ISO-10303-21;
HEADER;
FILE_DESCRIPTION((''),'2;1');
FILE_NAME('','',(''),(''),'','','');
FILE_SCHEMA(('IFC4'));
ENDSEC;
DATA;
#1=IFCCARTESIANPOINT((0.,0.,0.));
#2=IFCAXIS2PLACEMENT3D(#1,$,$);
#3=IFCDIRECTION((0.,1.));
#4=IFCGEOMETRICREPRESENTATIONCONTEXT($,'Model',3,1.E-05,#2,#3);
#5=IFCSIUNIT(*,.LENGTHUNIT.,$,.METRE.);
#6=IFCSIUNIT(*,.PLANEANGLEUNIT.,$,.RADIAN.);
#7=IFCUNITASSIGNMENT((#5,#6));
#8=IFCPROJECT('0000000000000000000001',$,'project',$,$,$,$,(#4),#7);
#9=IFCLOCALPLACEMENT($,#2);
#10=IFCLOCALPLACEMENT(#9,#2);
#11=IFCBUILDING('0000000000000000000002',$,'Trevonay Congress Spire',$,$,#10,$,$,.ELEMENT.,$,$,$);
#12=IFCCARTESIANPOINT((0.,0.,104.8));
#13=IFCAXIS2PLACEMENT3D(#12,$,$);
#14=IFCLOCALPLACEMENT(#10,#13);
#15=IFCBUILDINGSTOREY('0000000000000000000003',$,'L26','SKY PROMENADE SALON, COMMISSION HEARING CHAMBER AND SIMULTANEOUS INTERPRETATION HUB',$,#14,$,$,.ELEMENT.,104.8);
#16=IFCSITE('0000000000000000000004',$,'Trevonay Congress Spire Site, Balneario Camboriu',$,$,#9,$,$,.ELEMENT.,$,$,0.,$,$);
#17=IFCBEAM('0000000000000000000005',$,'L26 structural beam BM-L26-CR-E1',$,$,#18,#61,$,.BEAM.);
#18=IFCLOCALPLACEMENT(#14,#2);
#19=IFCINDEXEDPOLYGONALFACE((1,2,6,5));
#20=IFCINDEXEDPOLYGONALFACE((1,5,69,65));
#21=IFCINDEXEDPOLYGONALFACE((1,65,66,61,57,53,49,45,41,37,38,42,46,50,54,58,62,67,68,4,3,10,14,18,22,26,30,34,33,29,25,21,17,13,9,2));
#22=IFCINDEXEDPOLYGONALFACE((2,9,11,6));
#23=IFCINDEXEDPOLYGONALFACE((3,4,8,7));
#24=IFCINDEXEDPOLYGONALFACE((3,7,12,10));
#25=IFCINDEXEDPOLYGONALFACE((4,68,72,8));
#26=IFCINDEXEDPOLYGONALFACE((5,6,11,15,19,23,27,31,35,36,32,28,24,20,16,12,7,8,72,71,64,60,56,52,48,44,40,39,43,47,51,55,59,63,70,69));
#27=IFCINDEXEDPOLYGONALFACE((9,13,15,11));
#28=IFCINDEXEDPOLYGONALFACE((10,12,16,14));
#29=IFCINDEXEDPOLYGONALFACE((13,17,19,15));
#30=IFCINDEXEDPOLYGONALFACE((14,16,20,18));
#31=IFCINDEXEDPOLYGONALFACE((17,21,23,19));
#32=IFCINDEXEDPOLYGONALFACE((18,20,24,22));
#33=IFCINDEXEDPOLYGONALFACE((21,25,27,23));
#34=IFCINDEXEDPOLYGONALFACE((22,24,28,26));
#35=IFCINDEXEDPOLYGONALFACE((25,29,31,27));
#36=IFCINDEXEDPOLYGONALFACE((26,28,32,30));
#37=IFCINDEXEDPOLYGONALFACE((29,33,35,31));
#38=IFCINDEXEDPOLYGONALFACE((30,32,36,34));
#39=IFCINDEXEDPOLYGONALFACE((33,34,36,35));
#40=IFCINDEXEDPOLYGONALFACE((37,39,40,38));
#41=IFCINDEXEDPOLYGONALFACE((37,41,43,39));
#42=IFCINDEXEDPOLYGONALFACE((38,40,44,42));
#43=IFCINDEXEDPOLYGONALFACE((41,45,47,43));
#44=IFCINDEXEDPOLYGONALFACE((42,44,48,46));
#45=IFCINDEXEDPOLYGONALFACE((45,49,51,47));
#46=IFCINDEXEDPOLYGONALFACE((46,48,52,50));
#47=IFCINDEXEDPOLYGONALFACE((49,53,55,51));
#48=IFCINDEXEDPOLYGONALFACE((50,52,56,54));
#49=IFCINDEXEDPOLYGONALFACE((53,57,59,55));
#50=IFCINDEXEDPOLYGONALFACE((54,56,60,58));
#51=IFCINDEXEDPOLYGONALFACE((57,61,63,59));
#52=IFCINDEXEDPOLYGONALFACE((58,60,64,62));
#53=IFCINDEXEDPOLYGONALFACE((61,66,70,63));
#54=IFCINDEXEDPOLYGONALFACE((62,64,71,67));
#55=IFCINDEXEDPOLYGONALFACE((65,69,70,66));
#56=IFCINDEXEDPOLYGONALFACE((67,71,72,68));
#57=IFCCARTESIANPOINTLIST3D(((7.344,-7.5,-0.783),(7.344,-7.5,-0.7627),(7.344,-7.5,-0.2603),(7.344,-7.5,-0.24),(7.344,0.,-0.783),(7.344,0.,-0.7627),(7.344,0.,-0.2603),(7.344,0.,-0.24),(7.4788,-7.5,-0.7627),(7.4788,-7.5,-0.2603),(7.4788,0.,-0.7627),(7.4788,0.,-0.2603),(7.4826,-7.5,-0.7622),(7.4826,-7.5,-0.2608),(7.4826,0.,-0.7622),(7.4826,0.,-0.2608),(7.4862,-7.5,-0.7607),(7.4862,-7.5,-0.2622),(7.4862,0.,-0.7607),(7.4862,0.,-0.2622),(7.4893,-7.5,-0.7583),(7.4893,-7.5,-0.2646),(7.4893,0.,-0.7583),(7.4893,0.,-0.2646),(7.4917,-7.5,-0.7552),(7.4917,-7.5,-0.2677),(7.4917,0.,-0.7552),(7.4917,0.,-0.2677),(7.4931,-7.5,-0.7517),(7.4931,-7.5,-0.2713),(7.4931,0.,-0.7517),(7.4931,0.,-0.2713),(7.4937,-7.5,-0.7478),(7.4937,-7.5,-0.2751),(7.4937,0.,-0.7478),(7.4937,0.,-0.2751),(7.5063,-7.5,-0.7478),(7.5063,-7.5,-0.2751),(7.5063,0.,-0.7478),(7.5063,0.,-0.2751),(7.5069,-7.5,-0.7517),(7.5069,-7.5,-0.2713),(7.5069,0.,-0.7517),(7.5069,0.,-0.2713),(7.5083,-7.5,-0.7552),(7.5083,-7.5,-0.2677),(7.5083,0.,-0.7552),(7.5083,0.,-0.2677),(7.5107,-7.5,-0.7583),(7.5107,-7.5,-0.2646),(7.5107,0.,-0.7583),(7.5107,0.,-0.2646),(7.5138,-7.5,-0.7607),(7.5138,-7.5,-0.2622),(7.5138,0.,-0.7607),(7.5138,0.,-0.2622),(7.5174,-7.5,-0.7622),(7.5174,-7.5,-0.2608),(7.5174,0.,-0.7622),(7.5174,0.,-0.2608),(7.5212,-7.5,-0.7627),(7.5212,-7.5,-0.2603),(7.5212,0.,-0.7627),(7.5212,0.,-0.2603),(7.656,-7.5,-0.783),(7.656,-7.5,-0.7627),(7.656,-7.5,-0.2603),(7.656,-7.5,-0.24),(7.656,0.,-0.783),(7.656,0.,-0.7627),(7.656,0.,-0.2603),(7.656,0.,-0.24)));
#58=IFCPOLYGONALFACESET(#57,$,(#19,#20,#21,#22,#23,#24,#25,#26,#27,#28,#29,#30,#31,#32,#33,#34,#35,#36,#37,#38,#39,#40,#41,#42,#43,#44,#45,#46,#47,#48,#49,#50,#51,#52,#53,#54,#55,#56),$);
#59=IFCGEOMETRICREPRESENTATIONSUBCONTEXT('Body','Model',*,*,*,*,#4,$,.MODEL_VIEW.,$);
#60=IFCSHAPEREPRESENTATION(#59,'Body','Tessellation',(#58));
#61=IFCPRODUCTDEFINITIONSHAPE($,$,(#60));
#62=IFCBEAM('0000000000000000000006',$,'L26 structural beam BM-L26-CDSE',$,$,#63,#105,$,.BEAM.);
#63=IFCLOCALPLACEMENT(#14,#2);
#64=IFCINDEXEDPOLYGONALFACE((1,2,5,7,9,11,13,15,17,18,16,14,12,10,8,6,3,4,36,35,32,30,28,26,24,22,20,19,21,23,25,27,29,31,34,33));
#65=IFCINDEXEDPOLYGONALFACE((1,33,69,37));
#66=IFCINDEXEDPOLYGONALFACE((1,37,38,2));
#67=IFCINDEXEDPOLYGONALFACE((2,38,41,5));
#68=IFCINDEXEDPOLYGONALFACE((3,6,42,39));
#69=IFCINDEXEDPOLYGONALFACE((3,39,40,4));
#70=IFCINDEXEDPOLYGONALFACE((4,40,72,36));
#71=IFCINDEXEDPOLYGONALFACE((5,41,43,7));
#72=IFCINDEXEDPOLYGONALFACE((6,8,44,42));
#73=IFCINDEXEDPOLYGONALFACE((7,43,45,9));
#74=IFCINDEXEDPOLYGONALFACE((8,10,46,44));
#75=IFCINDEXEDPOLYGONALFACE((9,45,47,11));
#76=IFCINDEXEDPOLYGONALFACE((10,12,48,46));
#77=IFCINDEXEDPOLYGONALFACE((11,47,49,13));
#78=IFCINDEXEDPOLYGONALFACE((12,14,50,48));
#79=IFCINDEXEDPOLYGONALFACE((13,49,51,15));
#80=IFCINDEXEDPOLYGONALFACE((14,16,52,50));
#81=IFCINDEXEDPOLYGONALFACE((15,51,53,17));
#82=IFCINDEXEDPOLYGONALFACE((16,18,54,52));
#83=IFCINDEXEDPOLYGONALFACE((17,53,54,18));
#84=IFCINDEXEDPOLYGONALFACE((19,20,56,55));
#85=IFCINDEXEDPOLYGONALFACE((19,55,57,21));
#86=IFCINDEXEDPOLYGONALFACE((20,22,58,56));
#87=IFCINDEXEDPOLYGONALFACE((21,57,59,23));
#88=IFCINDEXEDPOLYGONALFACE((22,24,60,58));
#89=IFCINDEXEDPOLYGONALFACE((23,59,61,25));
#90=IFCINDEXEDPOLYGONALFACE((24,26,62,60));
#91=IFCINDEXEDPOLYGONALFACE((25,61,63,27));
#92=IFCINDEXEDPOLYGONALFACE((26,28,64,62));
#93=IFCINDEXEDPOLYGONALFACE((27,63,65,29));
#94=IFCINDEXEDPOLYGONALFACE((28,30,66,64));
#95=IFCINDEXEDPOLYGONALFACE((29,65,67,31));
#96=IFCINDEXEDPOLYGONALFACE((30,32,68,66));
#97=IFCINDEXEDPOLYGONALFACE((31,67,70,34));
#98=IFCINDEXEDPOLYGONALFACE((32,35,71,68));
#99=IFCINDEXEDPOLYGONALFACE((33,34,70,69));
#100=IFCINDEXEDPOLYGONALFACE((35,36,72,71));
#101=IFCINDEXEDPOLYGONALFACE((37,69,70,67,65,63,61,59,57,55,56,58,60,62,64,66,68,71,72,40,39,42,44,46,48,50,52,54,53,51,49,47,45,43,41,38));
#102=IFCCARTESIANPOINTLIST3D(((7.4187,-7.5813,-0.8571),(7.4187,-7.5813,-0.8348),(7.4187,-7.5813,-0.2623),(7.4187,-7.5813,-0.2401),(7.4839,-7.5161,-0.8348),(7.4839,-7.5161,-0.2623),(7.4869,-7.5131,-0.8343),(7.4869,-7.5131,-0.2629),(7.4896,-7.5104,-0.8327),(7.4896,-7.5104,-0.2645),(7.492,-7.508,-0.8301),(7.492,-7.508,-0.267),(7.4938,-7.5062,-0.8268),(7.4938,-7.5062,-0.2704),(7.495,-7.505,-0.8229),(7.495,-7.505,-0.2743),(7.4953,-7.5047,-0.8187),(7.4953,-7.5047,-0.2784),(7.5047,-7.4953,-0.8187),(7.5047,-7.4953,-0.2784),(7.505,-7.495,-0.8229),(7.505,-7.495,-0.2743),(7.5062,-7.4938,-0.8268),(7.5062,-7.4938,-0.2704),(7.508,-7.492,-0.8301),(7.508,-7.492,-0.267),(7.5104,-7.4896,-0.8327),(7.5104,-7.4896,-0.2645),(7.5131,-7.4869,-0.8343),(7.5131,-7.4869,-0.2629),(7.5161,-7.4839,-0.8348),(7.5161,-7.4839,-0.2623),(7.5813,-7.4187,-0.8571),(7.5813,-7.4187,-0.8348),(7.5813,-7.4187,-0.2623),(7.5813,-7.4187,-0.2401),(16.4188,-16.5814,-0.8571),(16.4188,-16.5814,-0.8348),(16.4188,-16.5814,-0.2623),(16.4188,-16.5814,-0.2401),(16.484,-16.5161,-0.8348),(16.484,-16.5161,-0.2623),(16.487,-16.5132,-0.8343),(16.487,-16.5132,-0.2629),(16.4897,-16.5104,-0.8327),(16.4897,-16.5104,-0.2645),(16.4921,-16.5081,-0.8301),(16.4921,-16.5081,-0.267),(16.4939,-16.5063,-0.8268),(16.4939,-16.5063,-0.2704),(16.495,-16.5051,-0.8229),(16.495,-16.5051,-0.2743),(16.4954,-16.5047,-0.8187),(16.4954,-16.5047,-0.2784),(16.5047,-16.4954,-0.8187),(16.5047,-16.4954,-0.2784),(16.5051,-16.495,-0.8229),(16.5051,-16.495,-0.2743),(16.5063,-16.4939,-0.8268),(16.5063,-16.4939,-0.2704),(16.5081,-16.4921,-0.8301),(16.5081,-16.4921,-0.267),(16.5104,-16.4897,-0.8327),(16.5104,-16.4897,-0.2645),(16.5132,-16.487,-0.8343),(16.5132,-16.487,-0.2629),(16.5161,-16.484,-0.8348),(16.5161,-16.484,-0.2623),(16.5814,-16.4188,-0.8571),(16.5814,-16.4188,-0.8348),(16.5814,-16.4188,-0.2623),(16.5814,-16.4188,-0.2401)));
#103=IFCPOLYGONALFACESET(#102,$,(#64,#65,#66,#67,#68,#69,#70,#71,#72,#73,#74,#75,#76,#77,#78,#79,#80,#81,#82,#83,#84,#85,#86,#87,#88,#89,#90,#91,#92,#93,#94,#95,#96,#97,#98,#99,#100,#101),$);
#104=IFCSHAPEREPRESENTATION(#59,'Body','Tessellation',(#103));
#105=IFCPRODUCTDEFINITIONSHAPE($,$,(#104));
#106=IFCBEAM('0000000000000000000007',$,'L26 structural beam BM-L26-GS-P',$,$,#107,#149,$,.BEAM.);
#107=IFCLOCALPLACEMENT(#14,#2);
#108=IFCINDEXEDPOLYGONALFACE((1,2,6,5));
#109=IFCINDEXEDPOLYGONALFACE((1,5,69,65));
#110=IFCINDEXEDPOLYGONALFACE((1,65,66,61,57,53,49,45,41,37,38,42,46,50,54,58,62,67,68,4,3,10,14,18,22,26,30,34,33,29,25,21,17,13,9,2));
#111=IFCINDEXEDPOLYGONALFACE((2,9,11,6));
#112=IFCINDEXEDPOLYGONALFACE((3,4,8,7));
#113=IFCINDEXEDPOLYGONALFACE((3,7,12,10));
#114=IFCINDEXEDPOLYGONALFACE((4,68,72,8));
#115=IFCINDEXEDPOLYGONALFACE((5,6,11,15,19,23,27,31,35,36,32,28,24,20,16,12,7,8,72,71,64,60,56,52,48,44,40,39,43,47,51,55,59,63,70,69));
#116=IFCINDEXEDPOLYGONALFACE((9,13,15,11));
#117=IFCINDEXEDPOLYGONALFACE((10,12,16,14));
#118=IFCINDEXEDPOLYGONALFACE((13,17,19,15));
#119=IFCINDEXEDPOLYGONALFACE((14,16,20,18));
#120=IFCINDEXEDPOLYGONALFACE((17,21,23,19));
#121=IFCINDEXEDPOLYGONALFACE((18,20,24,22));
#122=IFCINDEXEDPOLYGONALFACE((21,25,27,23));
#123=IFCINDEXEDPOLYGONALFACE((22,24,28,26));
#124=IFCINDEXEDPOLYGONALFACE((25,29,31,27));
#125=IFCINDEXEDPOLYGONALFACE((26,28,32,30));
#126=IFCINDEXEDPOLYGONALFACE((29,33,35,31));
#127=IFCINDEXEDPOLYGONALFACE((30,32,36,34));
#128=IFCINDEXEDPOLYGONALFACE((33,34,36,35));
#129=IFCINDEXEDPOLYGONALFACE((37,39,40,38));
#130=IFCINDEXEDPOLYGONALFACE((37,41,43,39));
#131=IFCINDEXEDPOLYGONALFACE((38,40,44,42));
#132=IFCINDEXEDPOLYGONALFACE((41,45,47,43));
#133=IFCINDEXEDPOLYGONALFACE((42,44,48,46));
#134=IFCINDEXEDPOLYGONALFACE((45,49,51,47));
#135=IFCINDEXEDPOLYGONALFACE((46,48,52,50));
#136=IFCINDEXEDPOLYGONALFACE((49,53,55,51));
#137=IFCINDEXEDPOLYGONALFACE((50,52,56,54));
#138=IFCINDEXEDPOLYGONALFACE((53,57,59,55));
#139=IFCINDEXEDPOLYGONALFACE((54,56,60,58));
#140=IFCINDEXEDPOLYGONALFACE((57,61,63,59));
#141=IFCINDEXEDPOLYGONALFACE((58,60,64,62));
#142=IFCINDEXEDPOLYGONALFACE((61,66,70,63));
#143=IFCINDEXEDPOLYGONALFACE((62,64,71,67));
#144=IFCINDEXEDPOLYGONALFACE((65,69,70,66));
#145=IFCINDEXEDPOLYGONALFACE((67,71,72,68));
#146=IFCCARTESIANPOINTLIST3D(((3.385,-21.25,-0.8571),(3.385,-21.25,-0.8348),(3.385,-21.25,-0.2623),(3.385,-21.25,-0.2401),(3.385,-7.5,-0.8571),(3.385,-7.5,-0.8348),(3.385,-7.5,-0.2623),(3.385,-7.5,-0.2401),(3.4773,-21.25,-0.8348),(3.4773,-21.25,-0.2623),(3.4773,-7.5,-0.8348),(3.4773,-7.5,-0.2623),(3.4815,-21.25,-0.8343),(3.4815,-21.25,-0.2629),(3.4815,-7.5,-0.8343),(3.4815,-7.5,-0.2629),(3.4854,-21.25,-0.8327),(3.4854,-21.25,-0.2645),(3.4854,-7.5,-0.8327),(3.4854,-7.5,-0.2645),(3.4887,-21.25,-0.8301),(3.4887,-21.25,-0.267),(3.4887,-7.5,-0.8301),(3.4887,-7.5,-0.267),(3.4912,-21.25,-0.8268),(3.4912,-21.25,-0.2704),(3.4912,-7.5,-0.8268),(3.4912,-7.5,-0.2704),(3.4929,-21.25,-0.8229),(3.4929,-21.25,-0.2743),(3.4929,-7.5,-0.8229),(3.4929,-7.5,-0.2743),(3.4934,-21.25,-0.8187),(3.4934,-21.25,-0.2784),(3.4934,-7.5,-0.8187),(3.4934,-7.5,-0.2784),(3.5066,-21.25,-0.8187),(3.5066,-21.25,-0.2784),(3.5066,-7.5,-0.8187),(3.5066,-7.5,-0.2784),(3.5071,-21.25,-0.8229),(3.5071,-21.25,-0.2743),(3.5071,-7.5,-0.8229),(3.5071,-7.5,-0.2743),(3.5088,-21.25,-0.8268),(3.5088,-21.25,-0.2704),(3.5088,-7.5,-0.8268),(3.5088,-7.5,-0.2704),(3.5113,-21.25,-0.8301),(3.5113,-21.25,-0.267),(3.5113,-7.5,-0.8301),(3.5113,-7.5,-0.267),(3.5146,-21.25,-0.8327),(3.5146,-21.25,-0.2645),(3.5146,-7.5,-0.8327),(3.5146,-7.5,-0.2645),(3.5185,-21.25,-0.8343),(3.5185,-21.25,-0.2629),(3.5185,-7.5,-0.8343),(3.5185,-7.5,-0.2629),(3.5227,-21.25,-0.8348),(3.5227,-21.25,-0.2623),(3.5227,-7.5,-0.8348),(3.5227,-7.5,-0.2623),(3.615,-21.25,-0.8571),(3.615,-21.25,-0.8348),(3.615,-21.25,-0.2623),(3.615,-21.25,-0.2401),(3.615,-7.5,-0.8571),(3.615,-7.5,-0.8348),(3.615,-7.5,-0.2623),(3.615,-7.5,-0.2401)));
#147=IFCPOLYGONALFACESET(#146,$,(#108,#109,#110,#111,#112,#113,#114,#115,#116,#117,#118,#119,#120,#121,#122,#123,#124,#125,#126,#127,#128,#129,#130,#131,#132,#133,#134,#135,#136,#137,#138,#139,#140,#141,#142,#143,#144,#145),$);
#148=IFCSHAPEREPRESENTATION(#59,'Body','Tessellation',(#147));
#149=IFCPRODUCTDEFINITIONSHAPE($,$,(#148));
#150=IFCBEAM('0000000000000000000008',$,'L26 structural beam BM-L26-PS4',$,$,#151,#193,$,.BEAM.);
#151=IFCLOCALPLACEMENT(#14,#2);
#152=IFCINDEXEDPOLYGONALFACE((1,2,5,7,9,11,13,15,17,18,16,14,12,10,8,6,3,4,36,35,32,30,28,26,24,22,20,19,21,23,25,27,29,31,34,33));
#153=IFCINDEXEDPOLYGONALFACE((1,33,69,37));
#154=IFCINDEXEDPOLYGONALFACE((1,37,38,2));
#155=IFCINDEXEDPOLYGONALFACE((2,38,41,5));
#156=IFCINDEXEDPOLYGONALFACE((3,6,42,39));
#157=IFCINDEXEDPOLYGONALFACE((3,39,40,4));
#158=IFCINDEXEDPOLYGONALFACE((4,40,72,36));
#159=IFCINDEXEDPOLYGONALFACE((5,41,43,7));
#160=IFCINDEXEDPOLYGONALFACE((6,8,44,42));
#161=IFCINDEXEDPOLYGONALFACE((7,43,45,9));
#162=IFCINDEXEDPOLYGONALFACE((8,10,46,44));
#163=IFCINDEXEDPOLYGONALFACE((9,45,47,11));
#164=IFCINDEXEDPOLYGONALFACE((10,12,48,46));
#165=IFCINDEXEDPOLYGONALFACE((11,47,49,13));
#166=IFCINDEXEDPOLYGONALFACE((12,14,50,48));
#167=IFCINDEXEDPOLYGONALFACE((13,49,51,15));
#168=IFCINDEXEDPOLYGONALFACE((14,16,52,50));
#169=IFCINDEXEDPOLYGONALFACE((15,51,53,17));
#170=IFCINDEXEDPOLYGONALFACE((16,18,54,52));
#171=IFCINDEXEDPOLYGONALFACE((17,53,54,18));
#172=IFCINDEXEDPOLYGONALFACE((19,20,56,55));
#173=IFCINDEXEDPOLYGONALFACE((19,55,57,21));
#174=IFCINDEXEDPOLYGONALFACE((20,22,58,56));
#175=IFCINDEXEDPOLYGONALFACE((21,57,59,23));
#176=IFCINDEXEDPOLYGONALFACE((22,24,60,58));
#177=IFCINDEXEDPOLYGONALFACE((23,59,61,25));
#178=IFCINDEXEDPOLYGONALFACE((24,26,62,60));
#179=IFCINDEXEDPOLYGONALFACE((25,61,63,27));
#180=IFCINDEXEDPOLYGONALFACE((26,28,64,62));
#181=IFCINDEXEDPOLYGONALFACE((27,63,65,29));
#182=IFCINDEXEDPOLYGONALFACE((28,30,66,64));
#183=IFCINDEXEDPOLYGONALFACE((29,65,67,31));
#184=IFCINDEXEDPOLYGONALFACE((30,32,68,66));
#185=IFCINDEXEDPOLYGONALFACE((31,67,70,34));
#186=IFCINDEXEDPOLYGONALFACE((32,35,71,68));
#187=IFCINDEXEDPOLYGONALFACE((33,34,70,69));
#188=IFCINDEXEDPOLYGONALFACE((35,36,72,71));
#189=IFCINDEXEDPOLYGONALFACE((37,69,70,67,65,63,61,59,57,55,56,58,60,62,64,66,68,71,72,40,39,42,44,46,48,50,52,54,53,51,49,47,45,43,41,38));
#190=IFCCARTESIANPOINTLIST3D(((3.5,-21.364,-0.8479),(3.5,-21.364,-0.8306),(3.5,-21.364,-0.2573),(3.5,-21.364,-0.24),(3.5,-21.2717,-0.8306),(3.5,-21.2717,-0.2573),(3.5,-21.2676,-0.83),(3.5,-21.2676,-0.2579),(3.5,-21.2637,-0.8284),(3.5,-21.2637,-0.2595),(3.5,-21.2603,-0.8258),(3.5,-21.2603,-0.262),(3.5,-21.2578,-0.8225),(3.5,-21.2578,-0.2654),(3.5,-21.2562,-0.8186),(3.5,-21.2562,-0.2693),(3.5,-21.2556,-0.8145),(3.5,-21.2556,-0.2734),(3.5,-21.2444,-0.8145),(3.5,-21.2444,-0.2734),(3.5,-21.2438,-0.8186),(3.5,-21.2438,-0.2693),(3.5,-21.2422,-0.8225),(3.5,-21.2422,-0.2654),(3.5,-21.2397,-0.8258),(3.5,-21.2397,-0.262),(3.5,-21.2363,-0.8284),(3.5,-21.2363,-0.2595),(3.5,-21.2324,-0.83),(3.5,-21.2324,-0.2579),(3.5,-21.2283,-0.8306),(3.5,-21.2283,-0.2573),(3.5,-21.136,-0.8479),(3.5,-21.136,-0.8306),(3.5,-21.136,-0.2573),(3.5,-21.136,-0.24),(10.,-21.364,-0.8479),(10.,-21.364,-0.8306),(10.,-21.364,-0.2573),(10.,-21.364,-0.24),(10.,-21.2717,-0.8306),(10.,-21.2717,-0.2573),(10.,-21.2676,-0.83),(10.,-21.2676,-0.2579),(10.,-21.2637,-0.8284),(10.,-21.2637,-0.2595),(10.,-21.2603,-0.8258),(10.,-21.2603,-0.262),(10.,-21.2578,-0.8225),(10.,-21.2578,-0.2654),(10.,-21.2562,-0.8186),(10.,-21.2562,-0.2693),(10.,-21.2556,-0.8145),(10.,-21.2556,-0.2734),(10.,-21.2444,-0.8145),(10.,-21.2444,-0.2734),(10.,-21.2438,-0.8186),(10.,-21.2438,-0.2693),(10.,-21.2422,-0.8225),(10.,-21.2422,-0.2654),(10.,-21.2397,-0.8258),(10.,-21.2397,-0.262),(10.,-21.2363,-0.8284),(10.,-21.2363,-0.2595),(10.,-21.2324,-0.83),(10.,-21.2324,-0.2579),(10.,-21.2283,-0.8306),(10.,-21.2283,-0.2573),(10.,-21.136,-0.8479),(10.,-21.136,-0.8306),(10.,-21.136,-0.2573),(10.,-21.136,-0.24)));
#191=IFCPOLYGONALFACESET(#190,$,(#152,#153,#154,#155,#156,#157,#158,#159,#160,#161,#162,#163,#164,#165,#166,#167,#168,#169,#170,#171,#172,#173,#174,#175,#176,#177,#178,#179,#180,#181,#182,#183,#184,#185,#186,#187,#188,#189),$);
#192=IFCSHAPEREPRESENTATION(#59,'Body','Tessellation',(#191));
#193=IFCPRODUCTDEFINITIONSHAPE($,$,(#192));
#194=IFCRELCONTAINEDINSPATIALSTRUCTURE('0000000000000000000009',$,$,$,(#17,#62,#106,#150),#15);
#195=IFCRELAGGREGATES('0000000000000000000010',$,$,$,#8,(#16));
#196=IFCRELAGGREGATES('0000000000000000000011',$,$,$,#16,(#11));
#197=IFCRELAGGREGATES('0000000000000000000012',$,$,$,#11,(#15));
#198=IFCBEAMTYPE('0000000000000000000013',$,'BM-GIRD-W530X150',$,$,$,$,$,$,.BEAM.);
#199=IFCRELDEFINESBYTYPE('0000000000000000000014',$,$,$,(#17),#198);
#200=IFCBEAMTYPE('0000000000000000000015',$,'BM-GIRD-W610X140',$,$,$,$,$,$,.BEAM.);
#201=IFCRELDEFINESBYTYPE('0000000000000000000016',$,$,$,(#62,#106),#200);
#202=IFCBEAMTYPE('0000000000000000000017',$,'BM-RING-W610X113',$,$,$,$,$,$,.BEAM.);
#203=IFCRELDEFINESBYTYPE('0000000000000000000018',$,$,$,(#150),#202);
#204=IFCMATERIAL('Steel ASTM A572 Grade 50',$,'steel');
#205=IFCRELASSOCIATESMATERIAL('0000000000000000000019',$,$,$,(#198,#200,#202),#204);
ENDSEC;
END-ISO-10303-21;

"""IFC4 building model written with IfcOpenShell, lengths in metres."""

from ifc_helpers import new_model, si_unit, direction, frame, origin, origin_2d, place, context, subcontext, project, spatial, i_section, extrude, material, material_profile, profile_set, type_object, element, save


model = new_model("IFC4")

# Units and contexts
model_context = context("Model", 3, precision=1e-05, world=origin(), true_north=direction((0.0, 1.0)))
body_context = subcontext(model_context, "Body", "Model", "MODEL_VIEW")
ifc_project = project(units=[si_unit("LENGTHUNIT", "METRE"), si_unit("PLANEANGLEUNIT", "RADIAN")], contexts=[model_context])

# Site, building, storey
site_placement = place(None, origin())
site = spatial("IfcSite", under=ifc_project, at=site_placement, Name="Trevonay Congress Spire Site, Balneario Camboriu", CompositionType="ELEMENT", RefElevation=0.0)
building_placement = place(site_placement, origin())
building = spatial("IfcBuilding", under=site, at=building_placement, Name="Trevonay Congress Spire", CompositionType="ELEMENT")
storey_placement = place(building_placement, frame((0.0, 0.0, 104.8)))
storey = spatial("IfcBuildingStorey", under=building, at=storey_placement, Name="L26", Description="SKY PROMENADE SALON, COMMISSION HEARING CHAMBER AND SIMULTANEOUS INTERPRETATION HUB", CompositionType="ELEMENT", Elevation=104.8)

# Shared definitions
ifc_material_1 = material(Name="Steel ASTM A572 Grade 50", Category="steel")

# Beams
ifc_material_profile_1 = material_profile(ifc_material_1, i_section(OverallWidth=0.312, OverallDepth=0.543, WebThickness=0.0127, FlangeThickness=0.0203, FilletRadius=0.0149, at=origin_2d()), Name="W530x150")
ifc_profile_set_1 = profile_set([ifc_material_profile_1], Name="Steel ASTM A572 Grade 50")
beam_type_1 = type_object("IfcBeamType", Name="BM-GIRD-W530X150", PredefinedType="BEAM", material=ifc_profile_set_1)
beam_1_placement = place(storey_placement, frame((7.5, -7.5, -0.5115), z_axis=(0.0, 1.0, 0.0), x_axis=(-1.0, 0.0, 0.0)))
element("IfcBeam", 1, at=beam_1_placement, inside=storey, type_object=beam_type_1, Name="L26 structural beam BM-L26-CR-E1", PredefinedType="BEAM", context=body_context, shape_type="SweptSolid", body=[
    extrude(i_section(OverallWidth=0.312, OverallDepth=0.543, WebThickness=0.0127, FlangeThickness=0.0203, FilletRadius=0.0149, at=origin_2d()), origin(), (0.0, 0.0, 1.0), 7.5),
])
ifc_material_profile_2 = material_profile(ifc_material_1, i_section(OverallWidth=0.23, OverallDepth=0.6169, WebThickness=0.0132, FlangeThickness=0.0222, FilletRadius=0.0161, at=origin_2d()), Name="W610x140")
ifc_profile_set_2 = profile_set([ifc_material_profile_2], Name="Steel ASTM A572 Grade 50")
beam_type_2 = type_object("IfcBeamType", Name="BM-GIRD-W610X140", PredefinedType="BEAM", material=ifc_profile_set_2)
beam_2_placement = place(storey_placement, frame((7.5, -7.5, -0.5486), z_axis=(0.707107, -0.707107, 0.0), x_axis=(0.707107, 0.707107, 0.0)))
element("IfcBeam", 2, at=beam_2_placement, inside=storey, type_object=beam_type_2, Name="L26 structural beam BM-L26-CDSE", PredefinedType="BEAM", context=body_context, shape_type="SweptSolid", body=[
    extrude(i_section(OverallWidth=0.23, OverallDepth=0.6169, WebThickness=0.0132, FlangeThickness=0.0222, FilletRadius=0.0161, at=origin_2d()), origin(), (0.0, 0.0, 1.0), 12.728),
])
beam_3_placement = place(storey_placement, frame((3.5, -7.5, -0.5486), z_axis=(0.0, -1.0, 0.0), x_axis=(1.0, 0.0, 0.0)))
element("IfcBeam", 3, at=beam_3_placement, inside=storey, type_object=beam_type_2, Name="L26 structural beam BM-L26-GS-P", PredefinedType="BEAM", context=body_context, shape_type="SweptSolid", body=[
    extrude(i_section(OverallWidth=0.23, OverallDepth=0.6169, WebThickness=0.0132, FlangeThickness=0.0222, FilletRadius=0.0161, at=origin_2d()), origin(), (0.0, 0.0, 1.0), 13.75),
])
ifc_material_profile_3 = material_profile(ifc_material_1, i_section(OverallWidth=0.228, OverallDepth=0.6079, WebThickness=0.0112, FlangeThickness=0.0173, FilletRadius=0.0161, at=origin_2d()), Name="W610x113")
ifc_profile_set_3 = profile_set([ifc_material_profile_3], Name="Steel ASTM A572 Grade 50")
beam_type_3 = type_object("IfcBeamType", Name="BM-RING-W610X113", PredefinedType="BEAM", material=ifc_profile_set_3)
beam_4_placement = place(storey_placement, frame((3.5, -21.25, -0.5439), z_axis=(1.0, 0.0, 0.0), x_axis=(0.0, 1.0, 0.0)))
element("IfcBeam", 4, at=beam_4_placement, inside=storey, type_object=beam_type_3, Name="L26 structural beam BM-L26-PS4", PredefinedType="BEAM", context=body_context, shape_type="SweptSolid", body=[
    extrude(i_section(OverallWidth=0.228, OverallDepth=0.6079, WebThickness=0.0112, FlangeThickness=0.0173, FilletRadius=0.0161, at=origin_2d()), origin(), (0.0, 0.0, 1.0), 6.5),
])

save(model, "model.ifc")
